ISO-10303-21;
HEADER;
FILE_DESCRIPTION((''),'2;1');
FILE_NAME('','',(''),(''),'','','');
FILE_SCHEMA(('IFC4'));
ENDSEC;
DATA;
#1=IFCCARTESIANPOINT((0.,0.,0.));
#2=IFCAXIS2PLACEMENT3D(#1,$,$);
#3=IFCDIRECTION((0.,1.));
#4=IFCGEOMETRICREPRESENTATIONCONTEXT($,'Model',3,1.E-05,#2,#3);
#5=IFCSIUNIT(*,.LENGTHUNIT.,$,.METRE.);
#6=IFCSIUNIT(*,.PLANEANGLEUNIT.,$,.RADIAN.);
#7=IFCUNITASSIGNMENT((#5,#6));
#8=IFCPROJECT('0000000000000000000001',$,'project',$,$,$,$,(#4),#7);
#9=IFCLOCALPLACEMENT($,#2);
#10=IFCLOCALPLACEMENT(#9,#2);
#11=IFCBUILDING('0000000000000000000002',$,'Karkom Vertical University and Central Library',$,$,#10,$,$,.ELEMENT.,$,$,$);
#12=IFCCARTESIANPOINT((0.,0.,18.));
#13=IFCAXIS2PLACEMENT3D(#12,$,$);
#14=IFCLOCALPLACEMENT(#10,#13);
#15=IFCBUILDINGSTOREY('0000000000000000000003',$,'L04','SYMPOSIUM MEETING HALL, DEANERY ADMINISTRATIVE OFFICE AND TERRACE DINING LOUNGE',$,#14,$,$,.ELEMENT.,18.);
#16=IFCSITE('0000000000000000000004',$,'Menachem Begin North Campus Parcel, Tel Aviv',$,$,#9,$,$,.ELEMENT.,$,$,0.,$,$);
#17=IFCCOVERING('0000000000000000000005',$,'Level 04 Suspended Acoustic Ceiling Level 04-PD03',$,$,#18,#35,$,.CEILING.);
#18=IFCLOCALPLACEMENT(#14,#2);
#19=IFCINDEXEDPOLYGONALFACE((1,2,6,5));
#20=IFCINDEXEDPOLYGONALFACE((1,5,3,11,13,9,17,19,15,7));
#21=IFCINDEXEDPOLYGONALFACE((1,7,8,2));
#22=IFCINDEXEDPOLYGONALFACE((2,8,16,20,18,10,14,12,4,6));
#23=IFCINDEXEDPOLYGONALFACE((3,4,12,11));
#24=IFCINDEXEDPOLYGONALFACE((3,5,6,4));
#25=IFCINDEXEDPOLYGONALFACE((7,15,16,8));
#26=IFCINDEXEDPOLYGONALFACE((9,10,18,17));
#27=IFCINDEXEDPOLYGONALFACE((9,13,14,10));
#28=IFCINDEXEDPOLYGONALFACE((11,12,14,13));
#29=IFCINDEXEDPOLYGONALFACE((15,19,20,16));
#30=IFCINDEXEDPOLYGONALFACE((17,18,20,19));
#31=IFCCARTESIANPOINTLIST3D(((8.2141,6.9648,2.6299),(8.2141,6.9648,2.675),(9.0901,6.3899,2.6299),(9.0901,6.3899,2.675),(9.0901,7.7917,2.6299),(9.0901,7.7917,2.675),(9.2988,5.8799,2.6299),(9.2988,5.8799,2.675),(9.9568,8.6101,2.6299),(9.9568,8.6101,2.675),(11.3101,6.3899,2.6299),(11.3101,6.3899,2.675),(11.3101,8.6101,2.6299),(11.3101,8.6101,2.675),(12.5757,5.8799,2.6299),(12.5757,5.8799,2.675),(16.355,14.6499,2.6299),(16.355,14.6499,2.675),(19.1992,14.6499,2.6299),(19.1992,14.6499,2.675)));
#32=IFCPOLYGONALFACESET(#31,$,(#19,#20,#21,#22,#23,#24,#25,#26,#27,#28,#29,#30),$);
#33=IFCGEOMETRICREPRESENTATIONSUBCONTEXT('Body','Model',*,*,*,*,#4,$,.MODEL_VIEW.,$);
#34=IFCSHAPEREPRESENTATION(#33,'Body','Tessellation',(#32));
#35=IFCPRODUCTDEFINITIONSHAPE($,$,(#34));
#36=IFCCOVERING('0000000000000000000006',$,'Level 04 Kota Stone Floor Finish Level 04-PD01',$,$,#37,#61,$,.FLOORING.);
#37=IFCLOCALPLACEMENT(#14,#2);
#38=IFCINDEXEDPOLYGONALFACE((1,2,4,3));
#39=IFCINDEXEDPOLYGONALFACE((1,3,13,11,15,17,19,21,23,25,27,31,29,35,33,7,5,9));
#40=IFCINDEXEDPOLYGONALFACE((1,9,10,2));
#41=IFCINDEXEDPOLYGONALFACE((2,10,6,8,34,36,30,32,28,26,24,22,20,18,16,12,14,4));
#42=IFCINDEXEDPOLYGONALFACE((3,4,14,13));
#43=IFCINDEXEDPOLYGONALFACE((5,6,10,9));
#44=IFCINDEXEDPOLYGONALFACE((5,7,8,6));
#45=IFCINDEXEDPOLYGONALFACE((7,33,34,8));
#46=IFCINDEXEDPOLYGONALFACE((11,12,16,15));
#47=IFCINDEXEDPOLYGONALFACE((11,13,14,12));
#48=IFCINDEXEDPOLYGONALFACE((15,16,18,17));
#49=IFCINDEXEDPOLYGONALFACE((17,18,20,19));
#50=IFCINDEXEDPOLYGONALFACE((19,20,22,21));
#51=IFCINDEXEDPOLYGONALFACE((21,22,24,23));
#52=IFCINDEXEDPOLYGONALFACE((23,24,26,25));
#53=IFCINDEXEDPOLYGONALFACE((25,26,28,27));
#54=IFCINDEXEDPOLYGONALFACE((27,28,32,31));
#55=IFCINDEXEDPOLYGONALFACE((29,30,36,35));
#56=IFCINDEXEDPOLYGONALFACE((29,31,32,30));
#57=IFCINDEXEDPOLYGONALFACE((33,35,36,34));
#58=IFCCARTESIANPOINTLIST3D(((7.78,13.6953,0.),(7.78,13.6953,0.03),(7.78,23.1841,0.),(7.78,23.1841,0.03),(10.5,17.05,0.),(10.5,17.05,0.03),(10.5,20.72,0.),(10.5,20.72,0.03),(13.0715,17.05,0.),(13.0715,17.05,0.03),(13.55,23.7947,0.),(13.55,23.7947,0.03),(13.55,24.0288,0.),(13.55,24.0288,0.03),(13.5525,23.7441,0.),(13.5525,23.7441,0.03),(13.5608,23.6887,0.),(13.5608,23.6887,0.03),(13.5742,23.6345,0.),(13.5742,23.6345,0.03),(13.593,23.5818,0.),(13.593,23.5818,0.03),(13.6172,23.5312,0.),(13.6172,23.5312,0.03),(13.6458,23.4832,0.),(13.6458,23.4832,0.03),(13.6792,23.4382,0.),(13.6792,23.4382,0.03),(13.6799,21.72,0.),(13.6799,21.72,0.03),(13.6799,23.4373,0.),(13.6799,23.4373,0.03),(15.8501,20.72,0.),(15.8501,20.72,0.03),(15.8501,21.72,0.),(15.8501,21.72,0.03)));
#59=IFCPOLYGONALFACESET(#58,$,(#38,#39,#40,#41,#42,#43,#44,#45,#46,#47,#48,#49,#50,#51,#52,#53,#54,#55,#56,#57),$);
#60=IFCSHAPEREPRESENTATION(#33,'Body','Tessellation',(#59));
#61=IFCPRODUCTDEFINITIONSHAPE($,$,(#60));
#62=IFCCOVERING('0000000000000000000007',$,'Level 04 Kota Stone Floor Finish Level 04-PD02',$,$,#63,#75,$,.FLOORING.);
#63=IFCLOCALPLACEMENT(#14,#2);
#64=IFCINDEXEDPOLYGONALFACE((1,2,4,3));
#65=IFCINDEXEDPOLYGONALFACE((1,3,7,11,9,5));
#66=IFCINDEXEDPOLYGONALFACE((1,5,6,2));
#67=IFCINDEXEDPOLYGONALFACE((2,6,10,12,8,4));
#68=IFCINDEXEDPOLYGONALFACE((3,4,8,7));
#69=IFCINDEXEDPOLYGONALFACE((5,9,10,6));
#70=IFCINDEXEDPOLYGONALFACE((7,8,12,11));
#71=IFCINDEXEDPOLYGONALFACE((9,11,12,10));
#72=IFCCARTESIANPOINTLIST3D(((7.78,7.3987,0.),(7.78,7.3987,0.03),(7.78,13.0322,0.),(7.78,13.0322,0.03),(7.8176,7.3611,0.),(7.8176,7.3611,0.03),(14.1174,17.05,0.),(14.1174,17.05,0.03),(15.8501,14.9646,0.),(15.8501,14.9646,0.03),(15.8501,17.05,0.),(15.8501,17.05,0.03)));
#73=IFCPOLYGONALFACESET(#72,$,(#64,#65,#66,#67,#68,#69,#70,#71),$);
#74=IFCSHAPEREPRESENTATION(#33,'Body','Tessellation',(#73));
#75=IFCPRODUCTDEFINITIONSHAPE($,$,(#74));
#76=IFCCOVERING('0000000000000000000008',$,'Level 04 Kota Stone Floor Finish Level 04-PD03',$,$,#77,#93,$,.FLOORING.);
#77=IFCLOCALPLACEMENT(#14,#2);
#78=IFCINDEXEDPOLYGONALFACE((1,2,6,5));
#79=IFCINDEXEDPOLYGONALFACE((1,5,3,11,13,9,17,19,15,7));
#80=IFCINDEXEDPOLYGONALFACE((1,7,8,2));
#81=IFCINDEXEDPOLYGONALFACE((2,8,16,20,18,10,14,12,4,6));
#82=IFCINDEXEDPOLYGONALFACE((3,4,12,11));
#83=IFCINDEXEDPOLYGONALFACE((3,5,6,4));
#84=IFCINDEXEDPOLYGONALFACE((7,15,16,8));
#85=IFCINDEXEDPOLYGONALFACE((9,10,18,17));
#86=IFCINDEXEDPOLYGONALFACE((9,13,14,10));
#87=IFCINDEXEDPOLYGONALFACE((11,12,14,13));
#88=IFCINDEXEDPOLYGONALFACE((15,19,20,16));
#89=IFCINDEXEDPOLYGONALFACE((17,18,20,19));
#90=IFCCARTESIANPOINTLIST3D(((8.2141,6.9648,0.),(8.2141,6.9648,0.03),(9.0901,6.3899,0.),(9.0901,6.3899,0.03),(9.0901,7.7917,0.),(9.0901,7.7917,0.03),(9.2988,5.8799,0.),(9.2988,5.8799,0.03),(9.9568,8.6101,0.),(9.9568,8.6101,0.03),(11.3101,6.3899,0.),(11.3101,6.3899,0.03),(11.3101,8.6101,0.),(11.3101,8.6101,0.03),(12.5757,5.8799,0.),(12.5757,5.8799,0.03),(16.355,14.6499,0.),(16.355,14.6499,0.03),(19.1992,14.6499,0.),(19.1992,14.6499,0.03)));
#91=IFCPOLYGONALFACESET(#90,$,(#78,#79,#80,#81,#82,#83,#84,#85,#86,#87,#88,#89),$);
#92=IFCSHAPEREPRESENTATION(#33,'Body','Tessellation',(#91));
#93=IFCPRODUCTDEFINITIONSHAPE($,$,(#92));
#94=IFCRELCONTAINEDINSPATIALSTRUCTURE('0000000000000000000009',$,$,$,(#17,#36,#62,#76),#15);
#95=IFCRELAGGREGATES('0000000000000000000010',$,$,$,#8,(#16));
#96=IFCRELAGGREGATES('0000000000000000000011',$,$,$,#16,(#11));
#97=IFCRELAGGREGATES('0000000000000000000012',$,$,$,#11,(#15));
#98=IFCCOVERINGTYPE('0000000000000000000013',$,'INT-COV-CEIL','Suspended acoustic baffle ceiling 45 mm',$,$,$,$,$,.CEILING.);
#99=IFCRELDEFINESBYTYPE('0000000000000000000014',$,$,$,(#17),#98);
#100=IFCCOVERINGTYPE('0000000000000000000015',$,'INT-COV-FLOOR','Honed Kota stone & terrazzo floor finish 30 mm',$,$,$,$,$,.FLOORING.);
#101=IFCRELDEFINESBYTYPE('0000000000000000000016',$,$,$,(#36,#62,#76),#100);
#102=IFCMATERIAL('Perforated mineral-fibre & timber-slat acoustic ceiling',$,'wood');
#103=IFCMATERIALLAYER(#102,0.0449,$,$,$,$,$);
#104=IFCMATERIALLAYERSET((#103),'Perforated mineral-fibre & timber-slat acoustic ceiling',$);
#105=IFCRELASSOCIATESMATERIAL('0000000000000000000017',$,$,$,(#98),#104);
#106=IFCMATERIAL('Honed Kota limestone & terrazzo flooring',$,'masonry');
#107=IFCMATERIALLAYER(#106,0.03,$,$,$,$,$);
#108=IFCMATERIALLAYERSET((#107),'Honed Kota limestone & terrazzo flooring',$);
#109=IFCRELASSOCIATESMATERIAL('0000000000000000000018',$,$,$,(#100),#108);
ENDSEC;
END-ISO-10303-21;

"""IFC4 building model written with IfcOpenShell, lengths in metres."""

from ifc_helpers import new_model, si_unit, direction, frame, origin, place, context, subcontext, project, spatial, polyline, outline, extrude, material, layer, layer_set, type_object, element, save


model = new_model("IFC4")

# Units and contexts
model_context = context("Model", 3, precision=1e-05, world=origin(), true_north=direction((0.0, 1.0)))
body_context = subcontext(model_context, "Body", "Model", "MODEL_VIEW")
ifc_project = project(units=[si_unit("LENGTHUNIT", "METRE"), si_unit("PLANEANGLEUNIT", "RADIAN")], contexts=[model_context])

# Site, building, storey
site_placement = place(None, origin())
site = spatial("IfcSite", under=ifc_project, at=site_placement, Name="Menachem Begin North Campus Parcel, Tel Aviv", CompositionType="ELEMENT", RefElevation=0.0)
building_placement = place(site_placement, origin())
building = spatial("IfcBuilding", under=site, at=building_placement, Name="Karkom Vertical University and Central Library", CompositionType="ELEMENT")
storey_placement = place(building_placement, frame((0.0, 0.0, 18.0)))
storey = spatial("IfcBuildingStorey", under=building, at=storey_placement, Name="L04", Description="SYMPOSIUM MEETING HALL, DEANERY ADMINISTRATIVE OFFICE AND TERRACE DINING LOUNGE", CompositionType="ELEMENT", Elevation=18.0)

# Coverings
ifc_material_1 = material(Name="Perforated mineral-fibre & timber-slat acoustic ceiling", Category="wood")
ifc_layer_1 = layer(ifc_material_1, 0.0449)
ifc_layer_set_1 = layer_set([ifc_layer_1], Name="Perforated mineral-fibre & timber-slat acoustic ceiling")
covering_type_1 = type_object("IfcCoveringType", Name="INT-COV-CEIL", Description="Suspended acoustic baffle ceiling 45 mm", PredefinedType="CEILING", material=ifc_layer_set_1)
covering_1_placement = place(storey_placement, frame((0.0, 0.0, 2.6299)))
element("IfcCovering", 1, at=covering_1_placement, inside=storey, type_object=covering_type_1, Name="Level 04 Suspended Acoustic Ceiling Level 04-PD03", PredefinedType="CEILING", context=body_context, shape_type="SweptSolid", body=[
    extrude(outline(polyline([(12.5757, 5.8799), (9.2988, 5.8799), (8.2141, 6.9648), (9.0901, 7.7917), (9.0901, 6.3899), (11.3101, 6.3899), (11.3101, 8.6101), (9.9568, 8.6101), (16.355, 14.6499), (19.1992, 14.6499), (12.5757, 5.8799)])), origin(), (0.0, 0.0, 1.0), 0.0452),
])
ifc_material_2 = material(Name="Honed Kota limestone & terrazzo flooring", Category="masonry")
ifc_layer_2 = layer(ifc_material_2, 0.03)
ifc_layer_set_2 = layer_set([ifc_layer_2], Name="Honed Kota limestone & terrazzo flooring")
covering_type_2 = type_object("IfcCoveringType", Name="INT-COV-FLOOR", Description="Honed Kota stone & terrazzo floor finish 30 mm", PredefinedType="FLOORING", material=ifc_layer_set_2)
covering_2_placement = place(storey_placement, origin())
element("IfcCovering", 2, at=covering_2_placement, inside=storey, type_object=covering_type_2, Name="Level 04 Kota Stone Floor Finish Level 04-PD01", PredefinedType="FLOORING", context=body_context, shape_type="SweptSolid", body=[
    extrude(outline(polyline([(13.6799, 21.72), (15.8501, 21.72), (15.8501, 20.72), (10.5, 20.72), (10.5, 17.05), (13.0715, 17.05), (7.78, 13.6953), (7.78, 23.1841), (13.55, 24.0288), (13.55, 23.7947), (13.5525, 23.7441), (13.5608, 23.6887), (13.5742, 23.6345), (13.593, 23.5818), (13.6172, 23.5312), (13.6458, 23.4832), (13.6792, 23.4382), (13.6799, 23.4373), (13.6799, 21.72)])), origin(), (0.0, 0.0, 1.0), 0.03),
])
covering_3_placement = place(storey_placement, origin())
element("IfcCovering", 3, at=covering_3_placement, inside=storey, type_object=covering_type_2, Name="Level 04 Kota Stone Floor Finish Level 04-PD02", PredefinedType="FLOORING", context=body_context, shape_type="SweptSolid", body=[
    extrude(outline(polyline([(15.8501, 17.05), (15.8501, 14.9646), (7.8176, 7.3611), (7.78, 7.3987), (7.78, 13.0322), (14.1174, 17.05), (15.8501, 17.05)])), origin(), (0.0, 0.0, 1.0), 0.03),
])
covering_4_placement = place(storey_placement, origin())
element("IfcCovering", 4, at=covering_4_placement, inside=storey, type_object=covering_type_2, Name="Level 04 Kota Stone Floor Finish Level 04-PD03", PredefinedType="FLOORING", context=body_context, shape_type="SweptSolid", body=[
    extrude(outline(polyline([(12.5757, 5.8799), (9.2988, 5.8799), (8.2141, 6.9648), (9.0901, 7.7917), (9.0901, 6.3899), (11.3101, 6.3899), (11.3101, 8.6101), (9.9568, 8.6101), (16.355, 14.6499), (19.1992, 14.6499), (12.5757, 5.8799)])), origin(), (0.0, 0.0, 1.0), 0.03),
])

save(model, "model.ifc")
